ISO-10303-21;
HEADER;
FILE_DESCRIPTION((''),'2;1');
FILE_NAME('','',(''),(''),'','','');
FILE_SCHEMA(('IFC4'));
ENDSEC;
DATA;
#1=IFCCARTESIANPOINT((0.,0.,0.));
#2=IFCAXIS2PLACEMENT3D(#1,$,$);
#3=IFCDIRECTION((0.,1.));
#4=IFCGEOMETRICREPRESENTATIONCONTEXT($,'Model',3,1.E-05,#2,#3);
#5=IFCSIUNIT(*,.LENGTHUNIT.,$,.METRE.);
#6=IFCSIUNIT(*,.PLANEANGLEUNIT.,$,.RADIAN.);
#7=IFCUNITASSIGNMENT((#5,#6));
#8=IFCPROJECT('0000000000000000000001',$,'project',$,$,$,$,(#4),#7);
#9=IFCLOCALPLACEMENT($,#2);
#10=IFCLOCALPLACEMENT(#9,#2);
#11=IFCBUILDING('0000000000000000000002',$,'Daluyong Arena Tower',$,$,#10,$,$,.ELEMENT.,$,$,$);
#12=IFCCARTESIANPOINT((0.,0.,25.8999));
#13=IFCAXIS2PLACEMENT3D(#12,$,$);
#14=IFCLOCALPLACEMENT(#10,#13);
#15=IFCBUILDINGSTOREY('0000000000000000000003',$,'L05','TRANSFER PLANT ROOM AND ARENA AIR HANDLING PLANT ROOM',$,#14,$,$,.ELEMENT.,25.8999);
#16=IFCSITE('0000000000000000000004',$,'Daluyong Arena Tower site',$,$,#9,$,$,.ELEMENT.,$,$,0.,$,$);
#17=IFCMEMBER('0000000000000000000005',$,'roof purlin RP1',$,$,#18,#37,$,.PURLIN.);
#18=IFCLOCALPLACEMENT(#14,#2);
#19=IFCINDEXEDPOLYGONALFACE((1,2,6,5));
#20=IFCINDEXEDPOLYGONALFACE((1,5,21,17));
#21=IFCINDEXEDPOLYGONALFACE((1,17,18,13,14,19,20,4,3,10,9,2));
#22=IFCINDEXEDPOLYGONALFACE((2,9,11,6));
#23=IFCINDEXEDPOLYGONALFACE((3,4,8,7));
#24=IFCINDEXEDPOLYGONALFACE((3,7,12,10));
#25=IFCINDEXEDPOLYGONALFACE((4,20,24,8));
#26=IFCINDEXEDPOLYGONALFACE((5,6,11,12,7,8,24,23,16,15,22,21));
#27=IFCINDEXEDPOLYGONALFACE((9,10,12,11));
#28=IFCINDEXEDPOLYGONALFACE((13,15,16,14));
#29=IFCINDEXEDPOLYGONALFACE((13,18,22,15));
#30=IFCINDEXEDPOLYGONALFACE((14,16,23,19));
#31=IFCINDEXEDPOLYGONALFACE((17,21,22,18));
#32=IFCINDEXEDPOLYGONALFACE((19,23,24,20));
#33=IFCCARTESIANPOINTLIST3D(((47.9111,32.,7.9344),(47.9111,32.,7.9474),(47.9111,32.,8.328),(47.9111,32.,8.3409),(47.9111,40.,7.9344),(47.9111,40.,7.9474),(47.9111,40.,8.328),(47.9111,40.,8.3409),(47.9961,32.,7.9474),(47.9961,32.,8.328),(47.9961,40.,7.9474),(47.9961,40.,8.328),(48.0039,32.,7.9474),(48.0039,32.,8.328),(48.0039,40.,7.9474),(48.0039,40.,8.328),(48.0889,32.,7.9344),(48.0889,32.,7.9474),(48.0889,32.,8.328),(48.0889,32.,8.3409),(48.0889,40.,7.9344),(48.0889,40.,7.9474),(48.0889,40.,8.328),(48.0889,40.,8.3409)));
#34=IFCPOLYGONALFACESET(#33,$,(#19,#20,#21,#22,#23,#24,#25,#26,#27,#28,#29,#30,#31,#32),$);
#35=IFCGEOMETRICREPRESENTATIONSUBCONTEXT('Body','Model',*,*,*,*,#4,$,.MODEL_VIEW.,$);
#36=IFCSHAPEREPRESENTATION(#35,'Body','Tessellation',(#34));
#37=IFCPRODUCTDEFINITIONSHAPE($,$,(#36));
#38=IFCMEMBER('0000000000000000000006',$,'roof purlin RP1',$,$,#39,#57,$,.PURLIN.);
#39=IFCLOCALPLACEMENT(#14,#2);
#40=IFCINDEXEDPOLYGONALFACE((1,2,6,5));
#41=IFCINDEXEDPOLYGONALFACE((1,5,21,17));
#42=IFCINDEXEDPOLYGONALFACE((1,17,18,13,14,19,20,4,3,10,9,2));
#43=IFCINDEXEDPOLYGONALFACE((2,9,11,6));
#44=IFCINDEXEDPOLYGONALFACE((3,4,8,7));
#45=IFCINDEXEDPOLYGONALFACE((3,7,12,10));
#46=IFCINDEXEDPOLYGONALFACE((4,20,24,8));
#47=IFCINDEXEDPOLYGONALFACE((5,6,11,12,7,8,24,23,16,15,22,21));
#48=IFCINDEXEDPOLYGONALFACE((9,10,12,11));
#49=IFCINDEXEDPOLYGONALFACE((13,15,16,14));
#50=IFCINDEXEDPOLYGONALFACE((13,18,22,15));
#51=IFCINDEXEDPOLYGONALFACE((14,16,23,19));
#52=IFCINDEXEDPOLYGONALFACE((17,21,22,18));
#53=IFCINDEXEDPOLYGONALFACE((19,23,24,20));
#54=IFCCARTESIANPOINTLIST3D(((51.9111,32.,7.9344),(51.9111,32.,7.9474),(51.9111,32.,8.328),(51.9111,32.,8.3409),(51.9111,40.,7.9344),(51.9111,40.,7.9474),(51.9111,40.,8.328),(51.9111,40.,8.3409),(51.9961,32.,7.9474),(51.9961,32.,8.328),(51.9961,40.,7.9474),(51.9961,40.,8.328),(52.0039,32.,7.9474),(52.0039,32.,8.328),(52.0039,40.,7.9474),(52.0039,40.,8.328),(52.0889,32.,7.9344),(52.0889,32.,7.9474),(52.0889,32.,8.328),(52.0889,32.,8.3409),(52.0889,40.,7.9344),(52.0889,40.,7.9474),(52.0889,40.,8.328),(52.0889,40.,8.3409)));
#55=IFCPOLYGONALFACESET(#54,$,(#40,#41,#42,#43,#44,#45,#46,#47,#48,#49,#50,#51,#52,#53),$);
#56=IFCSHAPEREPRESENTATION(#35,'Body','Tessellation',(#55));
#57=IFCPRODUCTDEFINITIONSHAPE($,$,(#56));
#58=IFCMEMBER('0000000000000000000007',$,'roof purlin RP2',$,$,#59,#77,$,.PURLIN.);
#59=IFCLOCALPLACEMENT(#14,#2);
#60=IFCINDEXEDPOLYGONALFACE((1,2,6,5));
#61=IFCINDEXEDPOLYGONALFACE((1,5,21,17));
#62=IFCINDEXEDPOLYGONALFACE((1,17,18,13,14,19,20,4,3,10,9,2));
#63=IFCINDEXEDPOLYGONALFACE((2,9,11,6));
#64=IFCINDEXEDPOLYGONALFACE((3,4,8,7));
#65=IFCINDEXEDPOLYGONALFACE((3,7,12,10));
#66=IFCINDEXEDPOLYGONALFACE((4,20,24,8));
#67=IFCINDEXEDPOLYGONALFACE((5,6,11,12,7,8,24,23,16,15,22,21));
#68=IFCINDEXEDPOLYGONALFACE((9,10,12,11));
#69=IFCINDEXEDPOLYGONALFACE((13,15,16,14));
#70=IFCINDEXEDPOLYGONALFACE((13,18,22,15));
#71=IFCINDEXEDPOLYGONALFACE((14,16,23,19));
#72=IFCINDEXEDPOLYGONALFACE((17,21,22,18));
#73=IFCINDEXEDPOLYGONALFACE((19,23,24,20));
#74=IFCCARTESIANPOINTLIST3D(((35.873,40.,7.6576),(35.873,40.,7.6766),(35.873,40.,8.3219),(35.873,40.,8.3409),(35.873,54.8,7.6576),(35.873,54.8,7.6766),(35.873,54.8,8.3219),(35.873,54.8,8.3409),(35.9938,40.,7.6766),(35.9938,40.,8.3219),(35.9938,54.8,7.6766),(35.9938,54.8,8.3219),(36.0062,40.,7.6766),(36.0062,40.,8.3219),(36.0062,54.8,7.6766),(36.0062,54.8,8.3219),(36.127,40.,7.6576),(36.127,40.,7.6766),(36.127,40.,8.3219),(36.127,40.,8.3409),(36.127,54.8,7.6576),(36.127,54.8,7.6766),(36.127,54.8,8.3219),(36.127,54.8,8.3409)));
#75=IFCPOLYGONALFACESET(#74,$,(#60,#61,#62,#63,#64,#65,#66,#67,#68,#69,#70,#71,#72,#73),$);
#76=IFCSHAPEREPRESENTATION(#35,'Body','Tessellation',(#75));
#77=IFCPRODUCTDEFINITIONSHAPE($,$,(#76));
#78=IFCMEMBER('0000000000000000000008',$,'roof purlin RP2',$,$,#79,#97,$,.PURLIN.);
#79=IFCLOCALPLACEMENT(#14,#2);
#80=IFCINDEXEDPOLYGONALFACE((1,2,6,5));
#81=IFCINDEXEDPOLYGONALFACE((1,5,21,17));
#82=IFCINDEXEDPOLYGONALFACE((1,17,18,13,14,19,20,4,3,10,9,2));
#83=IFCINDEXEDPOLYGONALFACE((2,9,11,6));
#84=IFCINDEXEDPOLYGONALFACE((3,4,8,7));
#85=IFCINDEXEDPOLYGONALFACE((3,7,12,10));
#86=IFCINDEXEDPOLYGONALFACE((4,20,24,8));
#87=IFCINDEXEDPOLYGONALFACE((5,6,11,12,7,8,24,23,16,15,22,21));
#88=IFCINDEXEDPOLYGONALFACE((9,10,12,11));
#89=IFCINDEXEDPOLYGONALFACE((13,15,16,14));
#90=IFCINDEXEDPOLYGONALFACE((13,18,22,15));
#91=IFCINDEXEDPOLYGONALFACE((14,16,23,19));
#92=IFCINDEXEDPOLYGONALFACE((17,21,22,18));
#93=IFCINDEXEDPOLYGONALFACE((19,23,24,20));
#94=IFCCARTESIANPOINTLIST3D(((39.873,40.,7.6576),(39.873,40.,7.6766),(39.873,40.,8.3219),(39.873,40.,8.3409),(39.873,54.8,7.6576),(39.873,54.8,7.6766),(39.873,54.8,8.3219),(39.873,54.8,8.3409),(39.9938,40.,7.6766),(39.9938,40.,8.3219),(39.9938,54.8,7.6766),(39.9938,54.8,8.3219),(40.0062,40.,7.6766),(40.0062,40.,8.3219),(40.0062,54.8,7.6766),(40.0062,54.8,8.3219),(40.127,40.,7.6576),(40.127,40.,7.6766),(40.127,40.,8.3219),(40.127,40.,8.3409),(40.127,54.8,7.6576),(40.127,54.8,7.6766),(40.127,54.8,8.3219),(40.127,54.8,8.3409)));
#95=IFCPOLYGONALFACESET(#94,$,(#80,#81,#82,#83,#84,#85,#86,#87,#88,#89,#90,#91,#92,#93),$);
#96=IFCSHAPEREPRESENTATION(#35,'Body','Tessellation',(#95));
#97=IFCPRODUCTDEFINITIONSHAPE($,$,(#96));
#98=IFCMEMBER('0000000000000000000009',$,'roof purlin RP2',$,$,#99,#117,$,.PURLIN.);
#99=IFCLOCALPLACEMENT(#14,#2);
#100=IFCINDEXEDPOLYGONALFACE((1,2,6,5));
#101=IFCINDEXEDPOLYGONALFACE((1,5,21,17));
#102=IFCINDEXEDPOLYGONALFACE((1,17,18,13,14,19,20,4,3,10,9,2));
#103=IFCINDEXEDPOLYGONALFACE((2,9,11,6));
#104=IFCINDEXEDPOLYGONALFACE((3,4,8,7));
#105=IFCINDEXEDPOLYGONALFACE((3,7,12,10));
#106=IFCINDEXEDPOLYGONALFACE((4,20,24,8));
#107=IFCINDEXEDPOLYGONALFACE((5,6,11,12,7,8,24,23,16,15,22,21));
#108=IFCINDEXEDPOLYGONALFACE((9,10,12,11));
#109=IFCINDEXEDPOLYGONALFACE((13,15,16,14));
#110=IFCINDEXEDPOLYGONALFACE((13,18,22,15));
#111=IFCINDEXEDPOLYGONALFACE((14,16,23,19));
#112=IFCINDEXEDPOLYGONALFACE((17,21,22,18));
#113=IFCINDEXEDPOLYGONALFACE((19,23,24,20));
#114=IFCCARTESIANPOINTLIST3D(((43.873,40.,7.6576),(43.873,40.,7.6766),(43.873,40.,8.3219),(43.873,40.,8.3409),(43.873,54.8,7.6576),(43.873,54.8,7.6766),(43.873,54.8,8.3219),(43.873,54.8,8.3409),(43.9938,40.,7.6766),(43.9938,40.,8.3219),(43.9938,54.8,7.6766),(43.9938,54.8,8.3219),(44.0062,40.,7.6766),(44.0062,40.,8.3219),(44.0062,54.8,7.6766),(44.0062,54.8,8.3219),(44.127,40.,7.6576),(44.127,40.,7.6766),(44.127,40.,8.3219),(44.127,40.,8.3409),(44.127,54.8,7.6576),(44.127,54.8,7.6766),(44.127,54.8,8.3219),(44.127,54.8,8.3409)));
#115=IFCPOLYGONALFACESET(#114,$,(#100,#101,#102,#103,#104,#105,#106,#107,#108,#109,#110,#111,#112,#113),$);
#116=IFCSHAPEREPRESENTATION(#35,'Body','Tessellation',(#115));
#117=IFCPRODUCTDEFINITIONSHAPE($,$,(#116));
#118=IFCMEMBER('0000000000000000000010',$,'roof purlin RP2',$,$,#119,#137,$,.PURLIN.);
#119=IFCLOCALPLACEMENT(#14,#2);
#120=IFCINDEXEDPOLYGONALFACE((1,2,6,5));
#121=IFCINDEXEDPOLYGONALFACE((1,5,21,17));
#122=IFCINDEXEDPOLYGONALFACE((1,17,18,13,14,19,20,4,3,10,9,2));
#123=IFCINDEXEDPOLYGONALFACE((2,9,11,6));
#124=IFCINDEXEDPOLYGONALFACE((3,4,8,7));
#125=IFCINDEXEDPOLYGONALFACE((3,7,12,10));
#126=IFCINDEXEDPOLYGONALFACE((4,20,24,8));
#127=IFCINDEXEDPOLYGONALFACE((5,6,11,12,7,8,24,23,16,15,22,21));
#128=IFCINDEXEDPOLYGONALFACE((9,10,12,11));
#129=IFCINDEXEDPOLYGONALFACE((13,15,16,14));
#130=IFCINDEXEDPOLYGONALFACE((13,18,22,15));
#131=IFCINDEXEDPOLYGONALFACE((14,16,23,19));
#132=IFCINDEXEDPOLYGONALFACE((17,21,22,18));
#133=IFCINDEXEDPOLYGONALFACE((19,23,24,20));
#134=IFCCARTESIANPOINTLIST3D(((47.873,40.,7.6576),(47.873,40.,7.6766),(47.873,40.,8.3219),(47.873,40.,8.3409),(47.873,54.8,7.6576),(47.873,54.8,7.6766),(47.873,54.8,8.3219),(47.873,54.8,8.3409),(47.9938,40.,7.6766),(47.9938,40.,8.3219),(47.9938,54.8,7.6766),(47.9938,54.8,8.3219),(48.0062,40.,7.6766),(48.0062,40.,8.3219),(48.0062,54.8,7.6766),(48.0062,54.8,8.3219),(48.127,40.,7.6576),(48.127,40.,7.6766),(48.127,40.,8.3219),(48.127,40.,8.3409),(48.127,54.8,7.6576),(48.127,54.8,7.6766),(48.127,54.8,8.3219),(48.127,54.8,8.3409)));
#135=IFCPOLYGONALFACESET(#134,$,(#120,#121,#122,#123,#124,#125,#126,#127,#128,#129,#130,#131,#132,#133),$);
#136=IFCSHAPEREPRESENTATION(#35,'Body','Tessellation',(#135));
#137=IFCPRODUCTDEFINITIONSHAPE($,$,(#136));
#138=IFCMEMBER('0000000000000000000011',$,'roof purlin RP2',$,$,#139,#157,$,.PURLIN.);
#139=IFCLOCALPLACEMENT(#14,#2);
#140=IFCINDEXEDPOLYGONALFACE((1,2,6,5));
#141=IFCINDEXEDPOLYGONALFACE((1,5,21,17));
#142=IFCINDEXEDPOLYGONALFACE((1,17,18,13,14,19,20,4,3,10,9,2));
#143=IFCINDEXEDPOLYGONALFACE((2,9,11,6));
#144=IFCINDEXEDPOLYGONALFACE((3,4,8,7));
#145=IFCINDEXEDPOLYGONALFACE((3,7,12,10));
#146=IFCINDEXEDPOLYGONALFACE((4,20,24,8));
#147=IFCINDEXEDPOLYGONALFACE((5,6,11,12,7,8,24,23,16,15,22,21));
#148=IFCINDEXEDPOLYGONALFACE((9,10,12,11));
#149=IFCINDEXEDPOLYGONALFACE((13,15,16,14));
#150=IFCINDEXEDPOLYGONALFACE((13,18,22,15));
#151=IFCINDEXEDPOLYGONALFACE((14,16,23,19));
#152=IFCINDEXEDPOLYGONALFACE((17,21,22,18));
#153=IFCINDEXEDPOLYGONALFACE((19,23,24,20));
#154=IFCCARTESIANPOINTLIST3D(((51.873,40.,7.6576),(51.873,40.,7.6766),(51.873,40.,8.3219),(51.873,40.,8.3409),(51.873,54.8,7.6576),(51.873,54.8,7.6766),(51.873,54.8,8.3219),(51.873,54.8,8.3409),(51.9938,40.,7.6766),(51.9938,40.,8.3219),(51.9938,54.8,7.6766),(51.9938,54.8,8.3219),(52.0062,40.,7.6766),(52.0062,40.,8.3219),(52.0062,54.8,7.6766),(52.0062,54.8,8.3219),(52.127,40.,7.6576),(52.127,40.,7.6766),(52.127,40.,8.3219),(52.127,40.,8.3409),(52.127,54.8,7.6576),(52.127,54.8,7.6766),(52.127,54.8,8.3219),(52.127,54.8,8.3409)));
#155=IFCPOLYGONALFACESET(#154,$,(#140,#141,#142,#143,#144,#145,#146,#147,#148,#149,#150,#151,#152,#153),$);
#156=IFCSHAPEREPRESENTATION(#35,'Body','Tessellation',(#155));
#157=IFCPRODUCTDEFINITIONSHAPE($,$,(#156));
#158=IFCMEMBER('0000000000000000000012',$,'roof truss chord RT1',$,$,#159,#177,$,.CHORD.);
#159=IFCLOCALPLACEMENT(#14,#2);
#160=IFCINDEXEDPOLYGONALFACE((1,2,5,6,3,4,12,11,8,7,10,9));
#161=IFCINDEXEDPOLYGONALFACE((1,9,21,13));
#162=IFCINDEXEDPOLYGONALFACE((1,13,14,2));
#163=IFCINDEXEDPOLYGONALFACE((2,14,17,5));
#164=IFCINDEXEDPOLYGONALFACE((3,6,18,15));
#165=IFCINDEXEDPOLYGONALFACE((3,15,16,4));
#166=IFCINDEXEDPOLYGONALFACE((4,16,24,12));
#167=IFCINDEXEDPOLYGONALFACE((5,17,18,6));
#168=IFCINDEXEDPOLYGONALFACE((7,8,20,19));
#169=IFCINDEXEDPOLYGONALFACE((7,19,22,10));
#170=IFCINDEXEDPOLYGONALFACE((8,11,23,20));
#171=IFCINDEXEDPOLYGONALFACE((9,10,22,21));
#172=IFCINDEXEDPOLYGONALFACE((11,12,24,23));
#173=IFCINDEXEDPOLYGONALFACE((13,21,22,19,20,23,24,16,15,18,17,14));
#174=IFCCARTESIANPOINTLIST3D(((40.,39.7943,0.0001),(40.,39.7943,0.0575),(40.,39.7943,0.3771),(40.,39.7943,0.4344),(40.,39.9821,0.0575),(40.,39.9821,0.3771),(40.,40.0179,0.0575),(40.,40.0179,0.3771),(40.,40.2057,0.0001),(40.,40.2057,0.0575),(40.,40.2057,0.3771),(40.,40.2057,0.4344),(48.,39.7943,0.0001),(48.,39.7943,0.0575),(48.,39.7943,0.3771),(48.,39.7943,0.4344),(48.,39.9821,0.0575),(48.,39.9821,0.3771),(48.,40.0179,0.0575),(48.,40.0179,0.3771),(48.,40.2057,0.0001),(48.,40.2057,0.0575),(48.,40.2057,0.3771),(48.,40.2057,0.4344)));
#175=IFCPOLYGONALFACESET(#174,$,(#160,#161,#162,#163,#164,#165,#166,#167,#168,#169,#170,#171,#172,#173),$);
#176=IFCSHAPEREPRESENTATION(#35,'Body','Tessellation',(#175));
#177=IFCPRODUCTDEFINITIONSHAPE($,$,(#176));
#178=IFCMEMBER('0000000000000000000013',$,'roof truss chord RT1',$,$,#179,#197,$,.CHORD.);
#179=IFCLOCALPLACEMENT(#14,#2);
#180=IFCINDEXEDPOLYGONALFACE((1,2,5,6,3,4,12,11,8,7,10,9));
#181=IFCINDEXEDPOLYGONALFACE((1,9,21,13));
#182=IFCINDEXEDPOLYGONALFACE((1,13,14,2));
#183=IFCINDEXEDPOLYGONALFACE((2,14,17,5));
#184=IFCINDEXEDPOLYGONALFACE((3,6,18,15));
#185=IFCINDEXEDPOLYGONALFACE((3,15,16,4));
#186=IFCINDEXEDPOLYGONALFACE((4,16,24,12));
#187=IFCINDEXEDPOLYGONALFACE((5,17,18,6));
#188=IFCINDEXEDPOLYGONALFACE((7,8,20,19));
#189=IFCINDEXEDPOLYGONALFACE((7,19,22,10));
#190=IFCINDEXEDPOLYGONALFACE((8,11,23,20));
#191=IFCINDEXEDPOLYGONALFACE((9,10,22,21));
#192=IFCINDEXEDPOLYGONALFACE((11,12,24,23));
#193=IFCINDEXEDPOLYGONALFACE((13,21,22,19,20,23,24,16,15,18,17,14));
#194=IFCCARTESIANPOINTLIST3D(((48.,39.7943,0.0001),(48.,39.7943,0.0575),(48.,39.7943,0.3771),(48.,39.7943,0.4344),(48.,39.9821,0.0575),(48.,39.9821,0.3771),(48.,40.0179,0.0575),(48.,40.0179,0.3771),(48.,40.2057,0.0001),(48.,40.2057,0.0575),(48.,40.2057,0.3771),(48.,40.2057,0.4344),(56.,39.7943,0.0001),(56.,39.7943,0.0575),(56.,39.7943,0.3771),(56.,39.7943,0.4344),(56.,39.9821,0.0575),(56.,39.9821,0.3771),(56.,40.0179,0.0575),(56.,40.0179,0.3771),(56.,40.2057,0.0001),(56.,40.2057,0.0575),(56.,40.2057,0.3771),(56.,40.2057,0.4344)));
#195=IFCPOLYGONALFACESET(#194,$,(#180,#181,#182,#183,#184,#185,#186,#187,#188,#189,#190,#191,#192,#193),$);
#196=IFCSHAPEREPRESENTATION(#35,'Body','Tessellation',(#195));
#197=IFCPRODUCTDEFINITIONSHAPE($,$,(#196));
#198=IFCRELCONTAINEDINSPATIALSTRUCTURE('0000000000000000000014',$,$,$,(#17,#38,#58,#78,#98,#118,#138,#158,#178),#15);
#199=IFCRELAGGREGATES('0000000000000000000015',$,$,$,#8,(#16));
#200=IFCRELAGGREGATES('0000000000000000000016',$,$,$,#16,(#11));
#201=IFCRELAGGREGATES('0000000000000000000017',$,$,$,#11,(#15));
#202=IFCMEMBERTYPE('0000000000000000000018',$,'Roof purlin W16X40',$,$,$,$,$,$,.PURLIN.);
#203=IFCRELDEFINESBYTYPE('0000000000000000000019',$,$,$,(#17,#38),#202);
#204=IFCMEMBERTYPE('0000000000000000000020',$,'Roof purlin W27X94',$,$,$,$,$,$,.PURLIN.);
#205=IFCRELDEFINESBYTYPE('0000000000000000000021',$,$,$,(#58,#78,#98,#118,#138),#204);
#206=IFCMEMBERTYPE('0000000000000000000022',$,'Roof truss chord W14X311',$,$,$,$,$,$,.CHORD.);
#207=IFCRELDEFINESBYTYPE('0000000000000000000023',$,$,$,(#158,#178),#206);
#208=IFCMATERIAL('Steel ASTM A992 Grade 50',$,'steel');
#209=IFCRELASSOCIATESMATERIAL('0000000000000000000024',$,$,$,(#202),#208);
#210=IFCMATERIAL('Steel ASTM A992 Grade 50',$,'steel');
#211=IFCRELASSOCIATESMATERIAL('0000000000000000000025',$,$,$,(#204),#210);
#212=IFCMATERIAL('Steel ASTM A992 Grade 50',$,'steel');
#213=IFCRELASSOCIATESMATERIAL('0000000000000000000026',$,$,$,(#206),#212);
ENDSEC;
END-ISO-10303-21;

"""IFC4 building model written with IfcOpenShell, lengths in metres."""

from ifc_helpers import new_model, si_unit, direction, frame, origin, origin_2d, place, context, subcontext, project, spatial, i_section, extrude, material, material_profile, profile_set, type_object, element, save


model = new_model("IFC4")

# Units and contexts
model_context = context("Model", 3, precision=1e-05, world=origin(), true_north=direction((0.0, 1.0)))
body_context = subcontext(model_context, "Body", "Model", "MODEL_VIEW")
ifc_project = project(units=[si_unit("LENGTHUNIT", "METRE"), si_unit("PLANEANGLEUNIT", "RADIAN")], contexts=[model_context])

# Site, building, storey
site_placement = place(None, origin())
site = spatial("IfcSite", under=ifc_project, at=site_placement, Name="Daluyong Arena Tower site", CompositionType="ELEMENT", RefElevation=0.0)
building_placement = place(site_placement, origin())
building = spatial("IfcBuilding", under=site, at=building_placement, Name="Daluyong Arena Tower", CompositionType="ELEMENT")
storey_placement = place(building_placement, frame((0.0, 0.0, 25.8999)))
storey = spatial("IfcBuildingStorey", under=building, at=storey_placement, Name="L05", Description="TRANSFER PLANT ROOM AND ARENA AIR HANDLING PLANT ROOM", CompositionType="ELEMENT", Elevation=25.8999)

# Members
ifc_material_1 = material(Name="Steel ASTM A992 Grade 50", Category="steel")
ifc_material_profile_1 = material_profile(ifc_material_1, i_section(OverallWidth=0.1777, OverallDepth=0.4065, WebThickness=0.0078, FlangeThickness=0.0129, at=origin_2d()))
ifc_profile_set_1 = profile_set([ifc_material_profile_1], Name="Steel ASTM A992 Grade 50")
member_type_1 = type_object("IfcMemberType", Name="Roof purlin W16X40", PredefinedType="PURLIN", material=ifc_profile_set_1)
for number, where, z_axis, x_axis, name in (
    (1, (48.0, 32.0, 8.1377), (0.0, 1.0, 0.0), (-1.0, 0.0, 0.0), "roof purlin RP1"),
    (2, (52.0, 32.0, 8.1377), (0.0, 1.0, 0.0), (-1.0, 0.0, 0.0), "roof purlin RP1"),
):
    element("IfcMember", number, at=place(storey_placement, frame(where, z_axis=z_axis, x_axis=x_axis)), inside=storey, type_object=member_type_1, Name=name, PredefinedType="PURLIN", context=body_context, shape_type="SweptSolid", body=[
        extrude(i_section(OverallWidth=0.1777, OverallDepth=0.4065, WebThickness=0.0078, FlangeThickness=0.0129, at=origin_2d()), origin(), (0.0, 0.0, 1.0), 8.0),
    ])
ifc_material_2 = material(Name="Steel ASTM A992 Grade 50", Category="steel")
ifc_material_profile_2 = material_profile(ifc_material_2, i_section(OverallWidth=0.2539, OverallDepth=0.6833, WebThickness=0.0125, FlangeThickness=0.019, at=origin_2d()))
ifc_profile_set_2 = profile_set([ifc_material_profile_2], Name="Steel ASTM A992 Grade 50")
member_type_2 = type_object("IfcMemberType", Name="Roof purlin W27X94", PredefinedType="PURLIN", material=ifc_profile_set_2)
for number, where, z_axis, x_axis, name in (
    (3, (36.0, 40.0, 7.9993), (0.0, 1.0, 0.0), (-1.0, 0.0, 0.0), "roof purlin RP2"),
    (4, (40.0, 40.0, 7.9993), (0.0, 1.0, 0.0), (-1.0, 0.0, 0.0), "roof purlin RP2"),
    (5, (44.0, 40.0, 7.9993), (0.0, 1.0, 0.0), (-1.0, 0.0, 0.0), "roof purlin RP2"),
    (6, (48.0, 40.0, 7.9993), (0.0, 1.0, 0.0), (-1.0, 0.0, 0.0), "roof purlin RP2"),
    (7, (52.0, 40.0, 7.9993), (0.0, 1.0, 0.0), (-1.0, 0.0, 0.0), "roof purlin RP2"),
):
    element("IfcMember", number, at=place(storey_placement, frame(where, z_axis=z_axis, x_axis=x_axis)), inside=storey, type_object=member_type_2, Name=name, PredefinedType="PURLIN", context=body_context, shape_type="SweptSolid", body=[
        extrude(i_section(OverallWidth=0.2539, OverallDepth=0.6833, WebThickness=0.0125, FlangeThickness=0.019, at=origin_2d()), origin(), (0.0, 0.0, 1.0), 14.8),
    ])
ifc_material_3 = material(Name="Steel ASTM A992 Grade 50", Category="steel")
ifc_material_profile_3 = material_profile(ifc_material_3, i_section(OverallWidth=0.4114, OverallDepth=0.4343, WebThickness=0.0359, FlangeThickness=0.0574, at=origin_2d()))
ifc_profile_set_3 = profile_set([ifc_material_profile_3], Name="Steel ASTM A992 Grade 50")
member_type_3 = type_object("IfcMemberType", Name="Roof truss chord W14X311", PredefinedType="CHORD", material=ifc_profile_set_3)
for number, where, z_axis, x_axis, name in (
    (8, (40.0, 40.0, 0.2173), (1.0, 0.0, 0.0), (0.0, 1.0, 0.0), "roof truss chord RT1"),
    (9, (48.0, 40.0, 0.2173), (1.0, 0.0, 0.0), (0.0, 1.0, 0.0), "roof truss chord RT1"),
):
    element("IfcMember", number, at=place(storey_placement, frame(where, z_axis=z_axis, x_axis=x_axis)), inside=storey, type_object=member_type_3, Name=name, PredefinedType="CHORD", context=body_context, shape_type="SweptSolid", body=[
        extrude(i_section(OverallWidth=0.4114, OverallDepth=0.4343, WebThickness=0.0359, FlangeThickness=0.0574, at=origin_2d()), origin(), (0.0, 0.0, 1.0), 8.0),
    ])

save(model, "model.ifc")
